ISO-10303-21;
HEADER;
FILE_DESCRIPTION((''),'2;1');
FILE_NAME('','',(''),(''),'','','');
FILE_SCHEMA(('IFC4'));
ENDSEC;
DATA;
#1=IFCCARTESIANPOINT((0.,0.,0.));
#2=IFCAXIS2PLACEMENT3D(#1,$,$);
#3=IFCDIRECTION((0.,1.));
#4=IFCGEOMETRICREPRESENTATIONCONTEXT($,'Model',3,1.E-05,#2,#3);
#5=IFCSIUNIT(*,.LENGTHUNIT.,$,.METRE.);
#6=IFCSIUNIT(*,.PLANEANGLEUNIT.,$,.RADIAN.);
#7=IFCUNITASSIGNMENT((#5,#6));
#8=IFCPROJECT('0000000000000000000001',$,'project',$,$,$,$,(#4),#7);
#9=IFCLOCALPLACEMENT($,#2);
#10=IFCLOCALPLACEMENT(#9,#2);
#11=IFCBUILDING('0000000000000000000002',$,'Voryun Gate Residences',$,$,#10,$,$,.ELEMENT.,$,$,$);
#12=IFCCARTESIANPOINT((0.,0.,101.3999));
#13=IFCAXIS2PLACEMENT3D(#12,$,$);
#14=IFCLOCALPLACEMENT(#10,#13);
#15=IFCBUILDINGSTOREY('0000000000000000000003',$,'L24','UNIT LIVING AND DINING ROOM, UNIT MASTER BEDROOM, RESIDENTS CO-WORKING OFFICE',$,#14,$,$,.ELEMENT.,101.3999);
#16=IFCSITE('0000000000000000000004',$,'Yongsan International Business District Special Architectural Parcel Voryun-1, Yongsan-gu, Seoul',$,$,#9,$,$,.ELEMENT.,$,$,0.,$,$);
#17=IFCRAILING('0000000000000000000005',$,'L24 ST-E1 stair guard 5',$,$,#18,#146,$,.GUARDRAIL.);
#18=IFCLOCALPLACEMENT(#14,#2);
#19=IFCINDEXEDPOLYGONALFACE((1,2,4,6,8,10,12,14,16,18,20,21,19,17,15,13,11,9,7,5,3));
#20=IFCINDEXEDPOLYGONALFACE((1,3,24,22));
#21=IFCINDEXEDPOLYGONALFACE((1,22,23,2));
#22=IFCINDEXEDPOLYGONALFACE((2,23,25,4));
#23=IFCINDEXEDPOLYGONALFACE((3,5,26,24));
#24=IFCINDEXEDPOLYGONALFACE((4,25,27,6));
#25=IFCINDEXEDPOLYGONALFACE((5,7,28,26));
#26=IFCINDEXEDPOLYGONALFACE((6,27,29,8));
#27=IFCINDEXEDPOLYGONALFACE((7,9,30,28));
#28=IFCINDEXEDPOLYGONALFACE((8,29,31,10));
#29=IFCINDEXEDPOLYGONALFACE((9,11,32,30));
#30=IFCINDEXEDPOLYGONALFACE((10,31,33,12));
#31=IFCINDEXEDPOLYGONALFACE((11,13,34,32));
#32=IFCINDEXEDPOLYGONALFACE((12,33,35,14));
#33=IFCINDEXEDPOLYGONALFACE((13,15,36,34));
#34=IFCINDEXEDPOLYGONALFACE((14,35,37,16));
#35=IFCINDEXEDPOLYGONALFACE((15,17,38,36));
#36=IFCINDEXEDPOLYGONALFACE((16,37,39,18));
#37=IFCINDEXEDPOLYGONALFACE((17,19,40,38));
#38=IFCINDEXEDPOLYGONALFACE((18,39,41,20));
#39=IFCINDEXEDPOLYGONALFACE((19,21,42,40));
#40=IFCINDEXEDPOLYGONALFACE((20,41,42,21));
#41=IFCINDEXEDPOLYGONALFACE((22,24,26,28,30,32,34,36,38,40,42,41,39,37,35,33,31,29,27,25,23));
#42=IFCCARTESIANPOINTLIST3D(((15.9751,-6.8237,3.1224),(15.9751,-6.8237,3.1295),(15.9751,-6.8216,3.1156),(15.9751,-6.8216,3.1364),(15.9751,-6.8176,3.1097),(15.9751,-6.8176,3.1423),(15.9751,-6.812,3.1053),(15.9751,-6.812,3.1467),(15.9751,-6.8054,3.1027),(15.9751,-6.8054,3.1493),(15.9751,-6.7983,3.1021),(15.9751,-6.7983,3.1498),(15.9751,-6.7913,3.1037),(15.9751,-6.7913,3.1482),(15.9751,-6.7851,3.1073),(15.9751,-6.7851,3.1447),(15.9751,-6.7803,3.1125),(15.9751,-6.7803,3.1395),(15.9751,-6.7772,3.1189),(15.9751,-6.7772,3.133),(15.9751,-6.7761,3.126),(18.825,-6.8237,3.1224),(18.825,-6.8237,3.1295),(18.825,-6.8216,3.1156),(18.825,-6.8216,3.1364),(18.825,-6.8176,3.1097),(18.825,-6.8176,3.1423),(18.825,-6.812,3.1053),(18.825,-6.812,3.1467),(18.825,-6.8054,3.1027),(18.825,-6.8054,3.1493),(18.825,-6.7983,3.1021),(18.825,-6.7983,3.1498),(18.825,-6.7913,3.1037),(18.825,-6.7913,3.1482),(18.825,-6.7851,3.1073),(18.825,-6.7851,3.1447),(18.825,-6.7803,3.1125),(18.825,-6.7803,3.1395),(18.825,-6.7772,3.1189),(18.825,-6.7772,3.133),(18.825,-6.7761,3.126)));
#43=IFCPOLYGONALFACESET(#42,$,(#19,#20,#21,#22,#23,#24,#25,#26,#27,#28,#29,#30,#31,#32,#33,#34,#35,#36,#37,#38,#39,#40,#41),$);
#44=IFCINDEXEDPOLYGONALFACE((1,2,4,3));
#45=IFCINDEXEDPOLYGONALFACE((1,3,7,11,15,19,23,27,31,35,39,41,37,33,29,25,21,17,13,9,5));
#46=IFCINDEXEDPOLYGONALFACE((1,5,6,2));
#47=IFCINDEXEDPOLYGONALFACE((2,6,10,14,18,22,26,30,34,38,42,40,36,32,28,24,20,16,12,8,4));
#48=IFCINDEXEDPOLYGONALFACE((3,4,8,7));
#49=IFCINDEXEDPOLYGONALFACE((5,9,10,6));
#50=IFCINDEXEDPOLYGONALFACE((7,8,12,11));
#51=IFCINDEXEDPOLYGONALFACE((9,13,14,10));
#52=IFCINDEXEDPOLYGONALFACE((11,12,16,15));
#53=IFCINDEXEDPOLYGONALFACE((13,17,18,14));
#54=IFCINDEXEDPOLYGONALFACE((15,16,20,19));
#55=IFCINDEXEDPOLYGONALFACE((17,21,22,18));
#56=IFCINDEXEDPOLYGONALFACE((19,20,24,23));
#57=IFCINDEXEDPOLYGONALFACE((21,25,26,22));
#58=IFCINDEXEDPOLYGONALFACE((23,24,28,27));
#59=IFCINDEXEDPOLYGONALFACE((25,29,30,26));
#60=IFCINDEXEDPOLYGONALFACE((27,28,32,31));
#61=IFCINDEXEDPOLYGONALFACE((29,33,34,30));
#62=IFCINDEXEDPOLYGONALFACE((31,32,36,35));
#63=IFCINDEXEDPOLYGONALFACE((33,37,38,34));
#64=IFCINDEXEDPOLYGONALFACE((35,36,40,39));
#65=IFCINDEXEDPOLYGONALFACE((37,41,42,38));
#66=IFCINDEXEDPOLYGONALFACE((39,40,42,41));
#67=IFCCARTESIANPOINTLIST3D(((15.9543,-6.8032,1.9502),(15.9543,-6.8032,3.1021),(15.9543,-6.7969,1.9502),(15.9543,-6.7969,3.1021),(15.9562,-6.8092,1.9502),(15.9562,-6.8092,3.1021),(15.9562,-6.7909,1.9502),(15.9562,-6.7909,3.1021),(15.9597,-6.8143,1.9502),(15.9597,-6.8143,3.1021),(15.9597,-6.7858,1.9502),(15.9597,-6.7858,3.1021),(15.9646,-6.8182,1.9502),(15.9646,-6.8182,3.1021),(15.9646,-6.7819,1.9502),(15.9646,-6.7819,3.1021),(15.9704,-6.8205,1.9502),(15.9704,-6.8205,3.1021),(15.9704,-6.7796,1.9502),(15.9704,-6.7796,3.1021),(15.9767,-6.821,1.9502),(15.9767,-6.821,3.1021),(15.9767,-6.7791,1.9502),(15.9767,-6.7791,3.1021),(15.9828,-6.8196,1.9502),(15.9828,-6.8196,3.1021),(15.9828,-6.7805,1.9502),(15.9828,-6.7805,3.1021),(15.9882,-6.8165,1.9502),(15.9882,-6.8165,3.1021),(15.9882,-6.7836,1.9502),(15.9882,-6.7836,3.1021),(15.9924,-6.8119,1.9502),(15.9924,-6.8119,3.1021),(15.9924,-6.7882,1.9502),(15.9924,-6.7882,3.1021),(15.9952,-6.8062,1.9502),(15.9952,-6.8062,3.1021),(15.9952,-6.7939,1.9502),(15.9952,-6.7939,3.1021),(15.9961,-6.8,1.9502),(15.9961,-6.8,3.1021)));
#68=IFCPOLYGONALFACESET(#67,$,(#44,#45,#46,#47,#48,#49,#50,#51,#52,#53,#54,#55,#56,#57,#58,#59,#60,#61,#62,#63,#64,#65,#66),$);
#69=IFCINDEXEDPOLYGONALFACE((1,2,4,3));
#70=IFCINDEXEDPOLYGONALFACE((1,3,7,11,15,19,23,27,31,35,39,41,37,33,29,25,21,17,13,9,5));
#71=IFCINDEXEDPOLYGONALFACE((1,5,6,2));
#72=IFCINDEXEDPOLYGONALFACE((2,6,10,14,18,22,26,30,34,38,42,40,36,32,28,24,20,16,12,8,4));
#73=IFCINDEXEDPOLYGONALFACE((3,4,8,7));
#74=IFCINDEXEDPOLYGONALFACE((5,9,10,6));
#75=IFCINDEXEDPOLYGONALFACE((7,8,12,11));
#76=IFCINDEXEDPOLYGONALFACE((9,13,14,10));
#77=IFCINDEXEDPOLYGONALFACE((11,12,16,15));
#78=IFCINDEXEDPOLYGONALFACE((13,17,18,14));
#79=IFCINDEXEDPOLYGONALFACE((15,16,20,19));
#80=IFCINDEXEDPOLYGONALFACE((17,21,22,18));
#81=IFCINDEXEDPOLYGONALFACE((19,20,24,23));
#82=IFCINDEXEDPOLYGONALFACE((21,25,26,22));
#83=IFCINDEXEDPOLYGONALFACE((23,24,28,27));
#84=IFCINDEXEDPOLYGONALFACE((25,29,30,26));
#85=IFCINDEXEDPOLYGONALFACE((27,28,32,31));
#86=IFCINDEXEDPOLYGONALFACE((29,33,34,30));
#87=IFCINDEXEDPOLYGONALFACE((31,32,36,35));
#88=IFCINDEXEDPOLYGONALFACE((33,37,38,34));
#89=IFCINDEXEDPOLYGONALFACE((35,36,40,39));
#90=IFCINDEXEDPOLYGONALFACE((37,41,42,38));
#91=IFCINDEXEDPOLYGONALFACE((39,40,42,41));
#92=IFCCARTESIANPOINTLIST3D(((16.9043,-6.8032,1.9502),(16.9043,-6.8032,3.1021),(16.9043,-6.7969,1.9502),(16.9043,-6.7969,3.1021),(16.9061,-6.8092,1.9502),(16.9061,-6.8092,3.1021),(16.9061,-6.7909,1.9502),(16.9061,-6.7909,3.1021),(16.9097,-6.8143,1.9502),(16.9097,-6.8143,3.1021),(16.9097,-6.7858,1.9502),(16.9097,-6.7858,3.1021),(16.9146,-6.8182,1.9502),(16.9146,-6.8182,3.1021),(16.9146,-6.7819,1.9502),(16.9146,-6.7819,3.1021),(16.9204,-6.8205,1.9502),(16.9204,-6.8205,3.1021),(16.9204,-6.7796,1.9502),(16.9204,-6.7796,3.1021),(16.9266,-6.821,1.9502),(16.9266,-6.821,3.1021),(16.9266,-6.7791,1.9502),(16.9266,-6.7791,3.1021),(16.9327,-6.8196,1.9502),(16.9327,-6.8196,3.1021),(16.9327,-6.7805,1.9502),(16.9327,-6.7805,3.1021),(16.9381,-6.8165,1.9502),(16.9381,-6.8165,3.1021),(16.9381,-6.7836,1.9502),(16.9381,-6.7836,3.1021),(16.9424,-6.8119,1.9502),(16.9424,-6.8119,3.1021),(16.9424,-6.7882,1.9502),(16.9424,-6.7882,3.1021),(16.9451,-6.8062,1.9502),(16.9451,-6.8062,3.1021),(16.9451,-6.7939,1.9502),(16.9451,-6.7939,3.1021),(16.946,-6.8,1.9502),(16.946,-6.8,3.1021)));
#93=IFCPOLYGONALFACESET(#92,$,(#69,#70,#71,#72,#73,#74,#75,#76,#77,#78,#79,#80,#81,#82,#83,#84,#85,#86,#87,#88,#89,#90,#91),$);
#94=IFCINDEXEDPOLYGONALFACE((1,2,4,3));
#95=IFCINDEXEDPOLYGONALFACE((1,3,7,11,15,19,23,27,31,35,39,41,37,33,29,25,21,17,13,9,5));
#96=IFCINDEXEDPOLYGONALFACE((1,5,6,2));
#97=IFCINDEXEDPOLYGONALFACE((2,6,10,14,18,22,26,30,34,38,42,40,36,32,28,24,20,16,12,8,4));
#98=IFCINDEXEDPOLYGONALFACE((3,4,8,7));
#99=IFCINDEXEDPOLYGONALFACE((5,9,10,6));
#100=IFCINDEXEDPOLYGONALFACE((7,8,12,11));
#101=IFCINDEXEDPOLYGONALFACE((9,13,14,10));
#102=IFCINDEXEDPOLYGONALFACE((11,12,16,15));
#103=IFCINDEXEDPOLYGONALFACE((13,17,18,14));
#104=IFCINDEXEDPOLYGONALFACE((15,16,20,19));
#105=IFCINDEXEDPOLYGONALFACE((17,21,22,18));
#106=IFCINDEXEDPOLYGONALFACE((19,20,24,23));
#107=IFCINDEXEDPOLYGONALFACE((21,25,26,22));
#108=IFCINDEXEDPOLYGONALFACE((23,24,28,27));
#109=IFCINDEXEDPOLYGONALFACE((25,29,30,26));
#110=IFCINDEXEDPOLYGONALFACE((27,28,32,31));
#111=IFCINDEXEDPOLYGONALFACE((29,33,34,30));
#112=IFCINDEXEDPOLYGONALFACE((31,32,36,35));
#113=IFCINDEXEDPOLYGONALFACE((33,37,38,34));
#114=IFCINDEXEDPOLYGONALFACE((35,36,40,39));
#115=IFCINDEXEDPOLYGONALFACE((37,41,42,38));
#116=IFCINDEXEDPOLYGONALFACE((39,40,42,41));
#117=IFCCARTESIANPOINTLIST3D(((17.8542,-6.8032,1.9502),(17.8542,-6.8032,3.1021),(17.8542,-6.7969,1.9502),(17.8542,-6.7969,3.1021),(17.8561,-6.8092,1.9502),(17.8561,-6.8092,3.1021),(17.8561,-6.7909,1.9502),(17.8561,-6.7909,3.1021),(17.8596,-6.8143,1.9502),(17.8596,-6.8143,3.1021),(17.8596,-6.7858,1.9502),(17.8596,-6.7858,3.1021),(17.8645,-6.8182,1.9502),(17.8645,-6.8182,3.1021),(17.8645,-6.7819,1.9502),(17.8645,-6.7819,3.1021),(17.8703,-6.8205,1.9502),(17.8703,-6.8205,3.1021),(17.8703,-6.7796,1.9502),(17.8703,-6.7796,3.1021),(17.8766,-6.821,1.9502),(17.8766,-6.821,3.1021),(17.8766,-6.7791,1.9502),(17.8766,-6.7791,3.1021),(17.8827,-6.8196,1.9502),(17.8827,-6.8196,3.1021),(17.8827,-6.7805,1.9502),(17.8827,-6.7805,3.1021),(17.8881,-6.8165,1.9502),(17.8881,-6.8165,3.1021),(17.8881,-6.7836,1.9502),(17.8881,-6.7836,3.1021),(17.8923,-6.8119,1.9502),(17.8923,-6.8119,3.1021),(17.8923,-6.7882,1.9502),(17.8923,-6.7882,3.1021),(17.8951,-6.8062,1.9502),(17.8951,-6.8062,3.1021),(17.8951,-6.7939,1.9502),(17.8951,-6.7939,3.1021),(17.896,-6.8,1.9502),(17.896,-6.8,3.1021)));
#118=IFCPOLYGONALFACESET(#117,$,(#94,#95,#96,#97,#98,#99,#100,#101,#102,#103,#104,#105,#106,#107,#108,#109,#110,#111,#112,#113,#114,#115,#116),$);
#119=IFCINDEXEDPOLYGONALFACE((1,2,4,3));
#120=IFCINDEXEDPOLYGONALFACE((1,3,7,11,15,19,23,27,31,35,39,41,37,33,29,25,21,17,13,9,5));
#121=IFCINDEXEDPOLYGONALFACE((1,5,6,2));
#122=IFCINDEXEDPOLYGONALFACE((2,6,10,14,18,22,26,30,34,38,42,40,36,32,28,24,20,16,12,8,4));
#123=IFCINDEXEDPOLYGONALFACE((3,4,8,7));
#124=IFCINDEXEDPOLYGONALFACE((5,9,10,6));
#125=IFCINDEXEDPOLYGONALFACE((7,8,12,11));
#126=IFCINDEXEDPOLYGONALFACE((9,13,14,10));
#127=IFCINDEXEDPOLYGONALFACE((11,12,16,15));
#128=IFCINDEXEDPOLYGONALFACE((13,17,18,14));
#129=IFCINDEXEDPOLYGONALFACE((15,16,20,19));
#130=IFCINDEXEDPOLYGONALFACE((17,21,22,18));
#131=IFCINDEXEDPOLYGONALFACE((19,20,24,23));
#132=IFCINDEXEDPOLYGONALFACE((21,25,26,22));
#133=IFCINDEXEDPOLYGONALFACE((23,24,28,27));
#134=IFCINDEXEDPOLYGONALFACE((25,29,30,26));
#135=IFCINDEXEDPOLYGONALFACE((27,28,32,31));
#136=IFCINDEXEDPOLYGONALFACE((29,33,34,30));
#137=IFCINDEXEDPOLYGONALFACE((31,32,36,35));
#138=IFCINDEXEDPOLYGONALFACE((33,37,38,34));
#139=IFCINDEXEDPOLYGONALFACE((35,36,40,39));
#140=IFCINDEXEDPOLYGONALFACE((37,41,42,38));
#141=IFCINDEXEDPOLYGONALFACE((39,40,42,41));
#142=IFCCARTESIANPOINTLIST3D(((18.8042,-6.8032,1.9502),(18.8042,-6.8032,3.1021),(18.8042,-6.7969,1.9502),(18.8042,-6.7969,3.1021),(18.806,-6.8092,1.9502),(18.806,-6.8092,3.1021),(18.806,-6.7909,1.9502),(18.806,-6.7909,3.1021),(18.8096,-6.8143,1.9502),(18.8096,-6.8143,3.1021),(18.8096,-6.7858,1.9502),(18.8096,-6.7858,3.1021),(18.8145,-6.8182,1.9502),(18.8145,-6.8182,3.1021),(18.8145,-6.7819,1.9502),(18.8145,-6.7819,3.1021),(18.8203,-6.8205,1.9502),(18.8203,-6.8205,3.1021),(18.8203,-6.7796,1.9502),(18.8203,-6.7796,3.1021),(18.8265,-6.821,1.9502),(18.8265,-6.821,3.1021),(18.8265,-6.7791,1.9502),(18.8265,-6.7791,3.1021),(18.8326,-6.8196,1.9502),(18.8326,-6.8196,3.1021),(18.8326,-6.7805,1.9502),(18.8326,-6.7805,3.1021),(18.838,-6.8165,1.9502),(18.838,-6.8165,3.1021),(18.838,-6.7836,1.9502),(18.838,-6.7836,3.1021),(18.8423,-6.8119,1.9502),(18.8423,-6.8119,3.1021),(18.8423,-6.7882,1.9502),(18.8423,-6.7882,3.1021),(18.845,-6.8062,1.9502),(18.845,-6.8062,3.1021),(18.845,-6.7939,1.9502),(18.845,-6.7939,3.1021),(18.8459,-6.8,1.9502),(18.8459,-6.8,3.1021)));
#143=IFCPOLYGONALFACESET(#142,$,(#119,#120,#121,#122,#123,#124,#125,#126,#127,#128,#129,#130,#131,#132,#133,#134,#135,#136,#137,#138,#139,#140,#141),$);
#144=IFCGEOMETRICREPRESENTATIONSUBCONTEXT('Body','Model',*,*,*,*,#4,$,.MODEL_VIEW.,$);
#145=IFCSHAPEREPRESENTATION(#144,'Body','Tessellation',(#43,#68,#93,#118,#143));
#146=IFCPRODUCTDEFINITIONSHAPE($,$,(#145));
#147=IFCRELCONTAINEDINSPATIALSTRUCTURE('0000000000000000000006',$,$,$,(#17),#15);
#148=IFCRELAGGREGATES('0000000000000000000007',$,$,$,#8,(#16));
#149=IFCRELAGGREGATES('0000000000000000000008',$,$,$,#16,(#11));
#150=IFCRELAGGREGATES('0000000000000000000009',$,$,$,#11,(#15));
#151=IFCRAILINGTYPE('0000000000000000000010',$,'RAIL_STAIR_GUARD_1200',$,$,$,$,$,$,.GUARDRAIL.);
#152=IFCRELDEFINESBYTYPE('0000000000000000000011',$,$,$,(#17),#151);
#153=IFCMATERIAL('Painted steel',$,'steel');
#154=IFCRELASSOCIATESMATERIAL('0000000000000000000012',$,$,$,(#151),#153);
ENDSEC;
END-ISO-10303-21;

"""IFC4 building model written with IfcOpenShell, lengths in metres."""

from ifc_helpers import new_model, si_unit, direction, frame, origin, origin_2d, place, context, subcontext, project, spatial, circle, extrude, material, type_object, element, save


model = new_model("IFC4")

# Units and contexts
model_context = context("Model", 3, precision=1e-05, world=origin(), true_north=direction((0.0, 1.0)))
body_context = subcontext(model_context, "Body", "Model", "MODEL_VIEW")
ifc_project = project(units=[si_unit("LENGTHUNIT", "METRE"), si_unit("PLANEANGLEUNIT", "RADIAN")], contexts=[model_context])

# Site, building, storey
site_placement = place(None, origin())
site = spatial("IfcSite", under=ifc_project, at=site_placement, Name="Yongsan International Business District Special Architectural Parcel Voryun-1, Yongsan-gu, Seoul", CompositionType="ELEMENT", RefElevation=0.0)
building_placement = place(site_placement, origin())
building = spatial("IfcBuilding", under=site, at=building_placement, Name="Voryun Gate Residences", CompositionType="ELEMENT")
storey_placement = place(building_placement, frame((0.0, 0.0, 101.3999)))
storey = spatial("IfcBuildingStorey", under=building, at=storey_placement, Name="L24", Description="UNIT LIVING AND DINING ROOM, UNIT MASTER BEDROOM, RESIDENTS CO-WORKING OFFICE", CompositionType="ELEMENT", Elevation=101.3999)

# Railing
ifc_material_1 = material(Name="Painted steel", Category="steel")
railing_type_1 = type_object("IfcRailingType", Name="RAIL_STAIR_GUARD_1200", PredefinedType="GUARDRAIL", material=ifc_material_1)
railing_1_placement = place(storey_placement, frame((15.9751, -6.8, 1.9502)))
element("IfcRailing", 1, at=railing_1_placement, inside=storey, type_object=railing_type_1, Name="L24 ST-E1 stair guard 5", PredefinedType="GUARDRAIL", context=body_context, shape_type="SweptSolid", body=[
    extrude(circle(Radius=0.0239, at=origin_2d()), frame((0.0, 0.0, 1.1758), z_axis=(1.0, 0.0, 0.0), x_axis=(0.0, 1.0, 0.0)), (0.0, 0.0, 1.0), 2.8499),
    extrude(circle(Radius=0.021, at=origin_2d()), origin(), (0.0, 0.0, 1.0), 1.1519),
    extrude(circle(Radius=0.021, at=origin_2d()), frame((0.95, 0.0, 0.0)), (0.0, 0.0, 1.0), 1.1519),
    extrude(circle(Radius=0.021, at=origin_2d()), frame((1.8999, 0.0, 0.0)), (0.0, 0.0, 1.0), 1.1519),
    extrude(circle(Radius=0.021, at=origin_2d()), frame((2.8499, 0.0, 0.0)), (0.0, 0.0, 1.0), 1.1519),
])

save(model, "model.ifc")
